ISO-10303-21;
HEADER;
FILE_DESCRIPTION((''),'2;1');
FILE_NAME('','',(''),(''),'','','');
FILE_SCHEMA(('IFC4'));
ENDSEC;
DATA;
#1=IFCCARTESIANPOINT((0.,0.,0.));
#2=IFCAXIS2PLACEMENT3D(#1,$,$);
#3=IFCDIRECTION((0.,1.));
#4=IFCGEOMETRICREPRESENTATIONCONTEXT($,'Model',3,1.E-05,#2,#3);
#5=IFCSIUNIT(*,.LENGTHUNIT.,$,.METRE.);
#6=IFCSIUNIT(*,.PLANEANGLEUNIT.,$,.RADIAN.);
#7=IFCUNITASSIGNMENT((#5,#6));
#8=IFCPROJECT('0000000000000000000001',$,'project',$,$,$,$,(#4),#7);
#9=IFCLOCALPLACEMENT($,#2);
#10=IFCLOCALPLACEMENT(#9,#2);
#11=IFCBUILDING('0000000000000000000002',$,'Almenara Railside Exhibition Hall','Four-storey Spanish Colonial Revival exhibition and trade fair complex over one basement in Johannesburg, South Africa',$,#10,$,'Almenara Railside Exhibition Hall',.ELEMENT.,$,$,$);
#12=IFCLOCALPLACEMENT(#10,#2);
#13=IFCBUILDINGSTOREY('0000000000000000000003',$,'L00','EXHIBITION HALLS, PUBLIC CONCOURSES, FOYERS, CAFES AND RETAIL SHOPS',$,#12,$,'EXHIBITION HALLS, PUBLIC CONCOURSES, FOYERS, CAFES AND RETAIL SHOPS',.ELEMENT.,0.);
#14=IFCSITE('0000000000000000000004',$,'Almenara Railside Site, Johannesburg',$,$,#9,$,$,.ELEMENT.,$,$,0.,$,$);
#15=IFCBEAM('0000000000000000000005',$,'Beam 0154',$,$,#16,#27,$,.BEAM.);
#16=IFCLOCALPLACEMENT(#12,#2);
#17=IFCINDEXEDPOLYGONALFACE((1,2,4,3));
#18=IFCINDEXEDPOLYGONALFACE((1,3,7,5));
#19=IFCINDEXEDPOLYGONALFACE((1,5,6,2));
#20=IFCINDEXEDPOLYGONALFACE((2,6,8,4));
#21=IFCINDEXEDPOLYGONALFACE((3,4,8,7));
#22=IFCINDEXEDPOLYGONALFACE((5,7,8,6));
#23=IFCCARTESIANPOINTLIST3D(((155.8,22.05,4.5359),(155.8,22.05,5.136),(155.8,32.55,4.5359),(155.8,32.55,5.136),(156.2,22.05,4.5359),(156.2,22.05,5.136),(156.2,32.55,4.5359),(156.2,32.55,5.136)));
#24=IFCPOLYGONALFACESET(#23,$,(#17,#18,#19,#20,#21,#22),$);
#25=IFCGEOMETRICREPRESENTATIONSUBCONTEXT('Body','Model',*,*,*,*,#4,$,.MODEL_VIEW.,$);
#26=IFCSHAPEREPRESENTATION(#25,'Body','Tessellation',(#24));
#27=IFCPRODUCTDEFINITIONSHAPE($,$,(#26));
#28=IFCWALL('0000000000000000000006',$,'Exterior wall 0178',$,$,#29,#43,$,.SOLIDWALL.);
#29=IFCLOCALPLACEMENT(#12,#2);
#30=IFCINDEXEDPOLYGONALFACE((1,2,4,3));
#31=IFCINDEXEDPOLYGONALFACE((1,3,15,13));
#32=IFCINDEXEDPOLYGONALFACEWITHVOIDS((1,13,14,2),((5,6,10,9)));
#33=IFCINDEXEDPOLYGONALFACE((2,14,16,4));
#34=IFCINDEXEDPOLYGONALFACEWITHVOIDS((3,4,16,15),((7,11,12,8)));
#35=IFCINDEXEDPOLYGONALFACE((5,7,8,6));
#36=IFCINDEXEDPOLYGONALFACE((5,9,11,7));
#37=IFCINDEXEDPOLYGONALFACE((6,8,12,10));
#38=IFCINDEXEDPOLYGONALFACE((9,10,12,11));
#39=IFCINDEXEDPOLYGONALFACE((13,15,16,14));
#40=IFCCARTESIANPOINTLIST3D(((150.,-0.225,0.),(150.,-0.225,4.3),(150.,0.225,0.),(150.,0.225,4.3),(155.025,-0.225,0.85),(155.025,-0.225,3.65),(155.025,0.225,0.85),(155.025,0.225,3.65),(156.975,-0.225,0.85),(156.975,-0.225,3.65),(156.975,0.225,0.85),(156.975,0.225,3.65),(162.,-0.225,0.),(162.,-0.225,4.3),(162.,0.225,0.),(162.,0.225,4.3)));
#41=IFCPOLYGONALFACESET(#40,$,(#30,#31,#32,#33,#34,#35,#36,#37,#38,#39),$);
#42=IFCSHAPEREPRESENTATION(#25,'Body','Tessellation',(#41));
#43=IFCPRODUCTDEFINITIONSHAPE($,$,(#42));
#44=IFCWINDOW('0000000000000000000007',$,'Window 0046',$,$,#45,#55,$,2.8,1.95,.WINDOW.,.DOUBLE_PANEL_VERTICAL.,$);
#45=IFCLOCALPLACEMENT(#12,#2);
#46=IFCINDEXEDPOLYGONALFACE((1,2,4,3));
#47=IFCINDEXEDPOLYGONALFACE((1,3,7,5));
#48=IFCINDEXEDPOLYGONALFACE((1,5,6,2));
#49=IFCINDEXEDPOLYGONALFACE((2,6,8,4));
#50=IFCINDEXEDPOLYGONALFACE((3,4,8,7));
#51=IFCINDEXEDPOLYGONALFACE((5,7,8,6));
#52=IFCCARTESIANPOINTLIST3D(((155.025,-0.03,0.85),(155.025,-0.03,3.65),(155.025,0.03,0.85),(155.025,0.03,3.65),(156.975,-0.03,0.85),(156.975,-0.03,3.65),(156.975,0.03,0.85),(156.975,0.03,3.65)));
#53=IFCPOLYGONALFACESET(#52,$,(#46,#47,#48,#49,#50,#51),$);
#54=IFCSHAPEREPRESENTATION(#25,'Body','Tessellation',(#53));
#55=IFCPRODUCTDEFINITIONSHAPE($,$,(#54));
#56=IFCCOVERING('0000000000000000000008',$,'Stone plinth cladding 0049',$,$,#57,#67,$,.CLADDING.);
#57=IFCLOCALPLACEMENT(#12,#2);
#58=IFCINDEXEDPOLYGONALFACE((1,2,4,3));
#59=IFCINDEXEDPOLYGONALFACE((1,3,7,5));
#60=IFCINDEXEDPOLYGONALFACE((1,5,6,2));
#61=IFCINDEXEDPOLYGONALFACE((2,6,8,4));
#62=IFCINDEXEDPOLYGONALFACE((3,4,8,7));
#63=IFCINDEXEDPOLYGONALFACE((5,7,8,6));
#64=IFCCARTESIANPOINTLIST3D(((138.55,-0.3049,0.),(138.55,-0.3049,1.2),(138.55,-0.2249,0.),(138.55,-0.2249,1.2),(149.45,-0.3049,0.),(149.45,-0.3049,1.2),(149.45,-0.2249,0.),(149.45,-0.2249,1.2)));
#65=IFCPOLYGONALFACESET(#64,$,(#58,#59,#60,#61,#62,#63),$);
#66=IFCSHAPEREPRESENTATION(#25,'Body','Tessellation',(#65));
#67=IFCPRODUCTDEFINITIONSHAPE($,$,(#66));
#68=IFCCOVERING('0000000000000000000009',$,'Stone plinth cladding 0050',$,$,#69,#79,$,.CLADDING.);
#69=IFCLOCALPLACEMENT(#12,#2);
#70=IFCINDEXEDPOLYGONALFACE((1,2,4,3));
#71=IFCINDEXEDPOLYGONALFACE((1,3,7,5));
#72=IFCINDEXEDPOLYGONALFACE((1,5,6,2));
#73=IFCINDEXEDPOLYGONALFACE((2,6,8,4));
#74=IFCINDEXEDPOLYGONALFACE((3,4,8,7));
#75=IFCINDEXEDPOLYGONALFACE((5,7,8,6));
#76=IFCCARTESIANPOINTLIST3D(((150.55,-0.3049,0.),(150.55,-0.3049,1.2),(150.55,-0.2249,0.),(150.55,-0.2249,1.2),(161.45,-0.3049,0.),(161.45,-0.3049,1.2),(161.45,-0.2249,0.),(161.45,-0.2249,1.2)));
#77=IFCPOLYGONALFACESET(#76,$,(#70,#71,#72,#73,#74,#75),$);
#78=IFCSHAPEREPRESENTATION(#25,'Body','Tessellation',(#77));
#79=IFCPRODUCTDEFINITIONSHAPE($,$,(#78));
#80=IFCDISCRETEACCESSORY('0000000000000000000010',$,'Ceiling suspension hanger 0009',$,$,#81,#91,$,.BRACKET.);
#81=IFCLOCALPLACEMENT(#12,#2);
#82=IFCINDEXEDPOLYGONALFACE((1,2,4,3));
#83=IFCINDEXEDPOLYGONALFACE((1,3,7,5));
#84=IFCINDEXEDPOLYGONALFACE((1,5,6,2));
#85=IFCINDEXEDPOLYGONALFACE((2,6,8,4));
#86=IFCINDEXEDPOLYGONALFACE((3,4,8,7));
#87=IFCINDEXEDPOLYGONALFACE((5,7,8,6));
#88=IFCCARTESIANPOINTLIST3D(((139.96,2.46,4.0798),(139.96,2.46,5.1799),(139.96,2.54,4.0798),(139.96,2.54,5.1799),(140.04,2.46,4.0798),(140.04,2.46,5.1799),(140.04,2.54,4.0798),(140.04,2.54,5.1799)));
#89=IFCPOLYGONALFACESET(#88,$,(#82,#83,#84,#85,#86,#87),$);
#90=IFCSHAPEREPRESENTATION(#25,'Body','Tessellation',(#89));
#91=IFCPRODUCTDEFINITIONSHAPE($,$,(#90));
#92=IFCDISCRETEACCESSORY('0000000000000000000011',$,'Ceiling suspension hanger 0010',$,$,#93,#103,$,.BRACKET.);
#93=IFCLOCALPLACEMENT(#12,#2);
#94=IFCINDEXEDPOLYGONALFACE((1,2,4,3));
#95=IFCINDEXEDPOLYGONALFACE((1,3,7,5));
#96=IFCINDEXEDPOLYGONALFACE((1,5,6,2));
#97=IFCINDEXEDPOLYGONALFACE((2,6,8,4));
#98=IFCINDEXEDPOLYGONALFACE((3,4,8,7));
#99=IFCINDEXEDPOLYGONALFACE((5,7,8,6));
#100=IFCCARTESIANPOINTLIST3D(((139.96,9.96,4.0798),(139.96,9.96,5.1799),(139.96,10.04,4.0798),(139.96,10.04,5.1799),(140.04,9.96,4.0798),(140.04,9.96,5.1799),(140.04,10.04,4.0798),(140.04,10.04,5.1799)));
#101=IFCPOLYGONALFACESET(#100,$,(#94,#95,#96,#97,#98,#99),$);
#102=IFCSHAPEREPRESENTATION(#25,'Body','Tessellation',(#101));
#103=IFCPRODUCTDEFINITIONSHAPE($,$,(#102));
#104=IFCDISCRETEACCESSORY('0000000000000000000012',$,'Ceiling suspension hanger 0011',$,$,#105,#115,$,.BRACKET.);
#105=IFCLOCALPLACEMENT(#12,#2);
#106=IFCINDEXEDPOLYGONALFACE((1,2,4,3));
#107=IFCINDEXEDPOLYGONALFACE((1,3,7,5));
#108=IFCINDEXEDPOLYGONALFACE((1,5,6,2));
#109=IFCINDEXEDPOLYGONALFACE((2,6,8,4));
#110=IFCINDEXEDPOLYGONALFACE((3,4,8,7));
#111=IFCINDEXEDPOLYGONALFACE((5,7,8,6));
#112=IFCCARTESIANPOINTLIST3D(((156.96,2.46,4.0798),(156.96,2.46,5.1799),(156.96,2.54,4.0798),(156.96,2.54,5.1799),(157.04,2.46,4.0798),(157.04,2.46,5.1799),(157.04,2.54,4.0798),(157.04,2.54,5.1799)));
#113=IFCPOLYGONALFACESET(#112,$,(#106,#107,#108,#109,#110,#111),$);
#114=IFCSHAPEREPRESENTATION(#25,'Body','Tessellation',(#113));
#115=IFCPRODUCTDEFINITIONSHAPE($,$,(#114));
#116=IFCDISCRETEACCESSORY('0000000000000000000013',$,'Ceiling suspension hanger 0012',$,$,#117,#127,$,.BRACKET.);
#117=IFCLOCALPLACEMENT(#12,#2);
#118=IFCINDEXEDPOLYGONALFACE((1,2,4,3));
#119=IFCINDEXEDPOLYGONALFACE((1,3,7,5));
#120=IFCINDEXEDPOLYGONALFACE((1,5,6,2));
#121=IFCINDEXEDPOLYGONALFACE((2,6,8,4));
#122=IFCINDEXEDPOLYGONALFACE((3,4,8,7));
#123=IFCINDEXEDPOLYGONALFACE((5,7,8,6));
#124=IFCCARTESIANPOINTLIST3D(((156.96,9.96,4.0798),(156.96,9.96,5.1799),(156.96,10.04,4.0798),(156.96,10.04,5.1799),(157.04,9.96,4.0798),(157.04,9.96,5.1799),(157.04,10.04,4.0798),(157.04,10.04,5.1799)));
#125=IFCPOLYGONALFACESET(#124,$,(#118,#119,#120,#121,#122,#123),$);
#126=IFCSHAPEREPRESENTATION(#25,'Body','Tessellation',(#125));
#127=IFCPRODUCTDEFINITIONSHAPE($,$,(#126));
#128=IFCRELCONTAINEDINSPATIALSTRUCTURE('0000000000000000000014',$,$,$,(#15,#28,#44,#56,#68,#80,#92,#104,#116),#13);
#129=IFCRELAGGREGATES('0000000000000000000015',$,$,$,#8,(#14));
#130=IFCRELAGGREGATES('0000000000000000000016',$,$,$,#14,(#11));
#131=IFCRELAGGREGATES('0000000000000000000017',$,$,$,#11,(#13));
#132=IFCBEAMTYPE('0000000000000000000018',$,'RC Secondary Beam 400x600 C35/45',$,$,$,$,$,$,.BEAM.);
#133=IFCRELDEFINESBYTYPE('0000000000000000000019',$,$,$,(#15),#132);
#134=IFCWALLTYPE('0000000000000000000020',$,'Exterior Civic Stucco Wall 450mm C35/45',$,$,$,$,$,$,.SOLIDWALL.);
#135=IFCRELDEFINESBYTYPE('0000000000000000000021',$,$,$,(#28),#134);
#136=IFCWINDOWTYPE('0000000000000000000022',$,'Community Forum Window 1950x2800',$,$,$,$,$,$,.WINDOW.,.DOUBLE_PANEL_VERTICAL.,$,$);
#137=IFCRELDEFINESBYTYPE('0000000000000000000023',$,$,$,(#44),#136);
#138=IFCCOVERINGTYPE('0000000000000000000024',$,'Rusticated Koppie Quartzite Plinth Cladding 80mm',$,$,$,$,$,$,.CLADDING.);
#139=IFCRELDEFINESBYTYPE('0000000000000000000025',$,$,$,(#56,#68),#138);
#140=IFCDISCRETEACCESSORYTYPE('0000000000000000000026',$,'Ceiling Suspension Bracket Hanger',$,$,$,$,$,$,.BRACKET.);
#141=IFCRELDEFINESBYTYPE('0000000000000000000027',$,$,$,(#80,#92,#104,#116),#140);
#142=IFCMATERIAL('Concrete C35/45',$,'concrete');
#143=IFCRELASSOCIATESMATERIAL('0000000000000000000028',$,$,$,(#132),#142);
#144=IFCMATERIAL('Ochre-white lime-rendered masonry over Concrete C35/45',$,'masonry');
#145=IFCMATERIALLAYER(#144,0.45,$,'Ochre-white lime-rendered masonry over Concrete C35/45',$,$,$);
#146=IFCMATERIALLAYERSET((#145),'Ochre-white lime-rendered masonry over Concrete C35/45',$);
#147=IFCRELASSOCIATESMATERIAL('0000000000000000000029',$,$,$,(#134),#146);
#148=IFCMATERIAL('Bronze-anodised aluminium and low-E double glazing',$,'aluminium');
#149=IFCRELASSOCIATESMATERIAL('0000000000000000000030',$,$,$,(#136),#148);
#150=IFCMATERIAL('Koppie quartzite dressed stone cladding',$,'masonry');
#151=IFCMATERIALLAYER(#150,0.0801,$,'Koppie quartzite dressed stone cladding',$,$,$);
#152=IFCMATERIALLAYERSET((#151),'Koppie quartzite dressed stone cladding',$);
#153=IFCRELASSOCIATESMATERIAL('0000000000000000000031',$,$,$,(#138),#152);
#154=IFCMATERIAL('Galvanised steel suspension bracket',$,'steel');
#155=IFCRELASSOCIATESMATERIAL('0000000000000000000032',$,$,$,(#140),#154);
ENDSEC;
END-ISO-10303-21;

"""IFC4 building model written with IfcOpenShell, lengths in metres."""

from ifc_helpers import new_model, si_unit, direction, frame, frame_2d, origin, origin_2d, place, context, subcontext, project, spatial, rectangle, extrude, material, layer, layer_set, material_profile, profile_set, type_object, element, fill, save


model = new_model("IFC4")

# Units and contexts
model_context = context("Model", 3, precision=1e-05, world=origin(), true_north=direction((0.0, 1.0)))
body_context = subcontext(model_context, "Body", "Model", "MODEL_VIEW")
ifc_project = project(units=[si_unit("LENGTHUNIT", "METRE"), si_unit("PLANEANGLEUNIT", "RADIAN")], contexts=[model_context])

# Site, building, storey
site_placement = place(None, origin())
site = spatial("IfcSite", under=ifc_project, at=site_placement, Name="Almenara Railside Site, Johannesburg", CompositionType="ELEMENT", RefElevation=0.0)
building_placement = place(site_placement, origin())
building = spatial("IfcBuilding", under=site, at=building_placement, Name="Almenara Railside Exhibition Hall", Description="Four-storey Spanish Colonial Revival exhibition and trade fair complex over one basement in Johannesburg, South Africa", LongName="Almenara Railside Exhibition Hall", CompositionType="ELEMENT")
storey_placement = place(building_placement, origin())
storey = spatial("IfcBuildingStorey", under=building, at=storey_placement, Name="L00", Description="EXHIBITION HALLS, PUBLIC CONCOURSES, FOYERS, CAFES AND RETAIL SHOPS", LongName="EXHIBITION HALLS, PUBLIC CONCOURSES, FOYERS, CAFES AND RETAIL SHOPS", CompositionType="ELEMENT", Elevation=0.0)

# Beam
ifc_material_1 = material(Name="Concrete C35/45", Category="concrete")
ifc_material_profile_1 = material_profile(ifc_material_1, rectangle(XDim=0.3999, YDim=0.6001, at=origin_2d()), Name="RC 400x600")
ifc_profile_set_1 = profile_set([ifc_material_profile_1], Name="Concrete C35/45")
beam_type_1 = type_object("IfcBeamType", Name="RC Secondary Beam 400x600 C35/45", PredefinedType="BEAM", material=ifc_profile_set_1)
beam_1_placement = place(storey_placement, frame((156.0, 22.05, 4.8359), z_axis=(0.0, 1.0, 0.0), x_axis=(-1.0, 0.0, 0.0)))
element("IfcBeam", 1, at=beam_1_placement, inside=storey, type_object=beam_type_1, Name="Beam 0154", PredefinedType="BEAM", context=body_context, shape_type="SweptSolid", body=[
    extrude(rectangle(XDim=0.3999, YDim=0.6001, at=origin_2d()), origin(), (0.0, 0.0, 1.0), 10.5),
])

# Wall, opening, window
ifc_material_2 = material(Name="Ochre-white lime-rendered masonry over Concrete C35/45", Category="masonry")
ifc_layer_1 = layer(ifc_material_2, 0.45, Name="Ochre-white lime-rendered masonry over Concrete C35/45")
ifc_layer_set_1 = layer_set([ifc_layer_1], Name="Ochre-white lime-rendered masonry over Concrete C35/45")
wall_type = type_object("IfcWallType", Name="Exterior Civic Stucco Wall 450mm C35/45", PredefinedType="SOLIDWALL", material=ifc_layer_set_1)
wall_placement = place(storey_placement, frame((150.0, 0.0, 0.0), z_axis=(0.0, 0.0, 1.0), x_axis=(1.0, 0.0, 0.0)))
wall = element("IfcWall", 2, at=wall_placement, inside=storey, type_object=wall_type, Name="Exterior wall 0178", PredefinedType="SOLIDWALL", context=body_context, shape_type="SweptSolid", body=[
    extrude(rectangle(XDim=12.0, YDim=0.45, at=frame_2d((6.0, 0.0))), origin(), (0.0, 0.0, 1.0), 4.3),
])
opening_placement = place(wall_placement, frame((5.0249, 0.0, 0.8501)))
opening = element("IfcOpeningElement", 3, at=opening_placement, cuts=wall, PredefinedType="OPENING", context=body_context, shape_type="SweptSolid", body=[
    extrude(rectangle(XDim=1.95, YDim=2.8, at=frame_2d((0.9751, 1.3999))), frame((0.0, 0.2349, 0.0), z_axis=(0.0, -1.0, 0.0), x_axis=(1.0, 0.0, 0.0)), (0.0, 0.0, 1.0), 0.47),
])
ifc_material_3 = material(Name="Bronze-anodised aluminium and low-E double glazing", Category="aluminium")
window_type = type_object("IfcWindowType", Name="Community Forum Window 1950x2800", PartitioningType="DOUBLE_PANEL_VERTICAL", PredefinedType="WINDOW", material=ifc_material_3)
window_placement = place(opening_placement, origin())
window = element("IfcWindow", 4, at=window_placement, inside=storey, type_object=window_type, Name="Window 0046", OverallHeight=2.8, OverallWidth=1.95, PartitioningType="DOUBLE_PANEL_VERTICAL", PredefinedType="WINDOW", context=body_context, shape_type="SweptSolid", body=[
    extrude(rectangle(XDim=1.95, YDim=2.8, at=frame_2d((0.9751, 1.3999))), frame((0.0, 0.03, 0.0), z_axis=(0.0, -1.0, 0.0), x_axis=(1.0, 0.0, 0.0)), (0.0, 0.0, 1.0), 0.0601),
])
fill(opening, window)

# Coverings
ifc_material_4 = material(Name="Koppie quartzite dressed stone cladding", Category="masonry")
ifc_layer_2 = layer(ifc_material_4, 0.0801, Name="Koppie quartzite dressed stone cladding")
ifc_layer_set_2 = layer_set([ifc_layer_2], Name="Koppie quartzite dressed stone cladding")
covering_type = type_object("IfcCoveringType", Name="Rusticated Koppie Quartzite Plinth Cladding 80mm", PredefinedType="CLADDING", material=ifc_layer_set_2)
for number, where, z_axis, x_axis, name in (
    (5, (144.0, -0.2649, 0.0), (0.0, 0.0, 1.0), (1.0, 0.0, 0.0), "Stone plinth cladding 0049"),
    (6, (156.0, -0.2649, 0.0), (0.0, 0.0, 1.0), (1.0, 0.0, 0.0), "Stone plinth cladding 0050"),
):
    element("IfcCovering", number, at=place(storey_placement, frame(where, z_axis=z_axis, x_axis=x_axis)), inside=storey, type_object=covering_type, Name=name, PredefinedType="CLADDING", context=body_context, shape_type="SweptSolid", body=[
        extrude(rectangle(XDim=10.8999, YDim=0.0801, at=origin_2d()), origin(), (0.0, 0.0, 1.0), 1.2),
    ])

# Discrete accessories
ifc_material_5 = material(Name="Galvanised steel suspension bracket", Category="steel")
discrete_accessory_type = type_object("IfcDiscreteAccessoryType", Name="Ceiling Suspension Bracket Hanger", PredefinedType="BRACKET", material=ifc_material_5)
for number, where, z_axis, x_axis, name in (
    (7, (140.0, 2.5, 4.0798), (0.0, 0.0, 1.0), (1.0, 0.0, 0.0), "Ceiling suspension hanger 0009"),
    (8, (140.0, 10.0, 4.0798), (0.0, 0.0, 1.0), (1.0, 0.0, 0.0), "Ceiling suspension hanger 0010"),
    (9, (157.0, 2.5, 4.0798), (0.0, 0.0, 1.0), (1.0, 0.0, 0.0), "Ceiling suspension hanger 0011"),
    (10, (157.0, 10.0, 4.0798), (0.0, 0.0, 1.0), (1.0, 0.0, 0.0), "Ceiling suspension hanger 0012"),
):
    element("IfcDiscreteAccessory", number, at=place(storey_placement, frame(where, z_axis=z_axis, x_axis=x_axis)), inside=storey, type_object=discrete_accessory_type, Name=name, PredefinedType="BRACKET", context=body_context, shape_type="SweptSolid", body=[
        extrude(rectangle(XDim=0.0801, YDim=0.0801, at=origin_2d()), origin(), (0.0, 0.0, 1.0), 1.1001),
    ])

save(model, "model.ifc")
